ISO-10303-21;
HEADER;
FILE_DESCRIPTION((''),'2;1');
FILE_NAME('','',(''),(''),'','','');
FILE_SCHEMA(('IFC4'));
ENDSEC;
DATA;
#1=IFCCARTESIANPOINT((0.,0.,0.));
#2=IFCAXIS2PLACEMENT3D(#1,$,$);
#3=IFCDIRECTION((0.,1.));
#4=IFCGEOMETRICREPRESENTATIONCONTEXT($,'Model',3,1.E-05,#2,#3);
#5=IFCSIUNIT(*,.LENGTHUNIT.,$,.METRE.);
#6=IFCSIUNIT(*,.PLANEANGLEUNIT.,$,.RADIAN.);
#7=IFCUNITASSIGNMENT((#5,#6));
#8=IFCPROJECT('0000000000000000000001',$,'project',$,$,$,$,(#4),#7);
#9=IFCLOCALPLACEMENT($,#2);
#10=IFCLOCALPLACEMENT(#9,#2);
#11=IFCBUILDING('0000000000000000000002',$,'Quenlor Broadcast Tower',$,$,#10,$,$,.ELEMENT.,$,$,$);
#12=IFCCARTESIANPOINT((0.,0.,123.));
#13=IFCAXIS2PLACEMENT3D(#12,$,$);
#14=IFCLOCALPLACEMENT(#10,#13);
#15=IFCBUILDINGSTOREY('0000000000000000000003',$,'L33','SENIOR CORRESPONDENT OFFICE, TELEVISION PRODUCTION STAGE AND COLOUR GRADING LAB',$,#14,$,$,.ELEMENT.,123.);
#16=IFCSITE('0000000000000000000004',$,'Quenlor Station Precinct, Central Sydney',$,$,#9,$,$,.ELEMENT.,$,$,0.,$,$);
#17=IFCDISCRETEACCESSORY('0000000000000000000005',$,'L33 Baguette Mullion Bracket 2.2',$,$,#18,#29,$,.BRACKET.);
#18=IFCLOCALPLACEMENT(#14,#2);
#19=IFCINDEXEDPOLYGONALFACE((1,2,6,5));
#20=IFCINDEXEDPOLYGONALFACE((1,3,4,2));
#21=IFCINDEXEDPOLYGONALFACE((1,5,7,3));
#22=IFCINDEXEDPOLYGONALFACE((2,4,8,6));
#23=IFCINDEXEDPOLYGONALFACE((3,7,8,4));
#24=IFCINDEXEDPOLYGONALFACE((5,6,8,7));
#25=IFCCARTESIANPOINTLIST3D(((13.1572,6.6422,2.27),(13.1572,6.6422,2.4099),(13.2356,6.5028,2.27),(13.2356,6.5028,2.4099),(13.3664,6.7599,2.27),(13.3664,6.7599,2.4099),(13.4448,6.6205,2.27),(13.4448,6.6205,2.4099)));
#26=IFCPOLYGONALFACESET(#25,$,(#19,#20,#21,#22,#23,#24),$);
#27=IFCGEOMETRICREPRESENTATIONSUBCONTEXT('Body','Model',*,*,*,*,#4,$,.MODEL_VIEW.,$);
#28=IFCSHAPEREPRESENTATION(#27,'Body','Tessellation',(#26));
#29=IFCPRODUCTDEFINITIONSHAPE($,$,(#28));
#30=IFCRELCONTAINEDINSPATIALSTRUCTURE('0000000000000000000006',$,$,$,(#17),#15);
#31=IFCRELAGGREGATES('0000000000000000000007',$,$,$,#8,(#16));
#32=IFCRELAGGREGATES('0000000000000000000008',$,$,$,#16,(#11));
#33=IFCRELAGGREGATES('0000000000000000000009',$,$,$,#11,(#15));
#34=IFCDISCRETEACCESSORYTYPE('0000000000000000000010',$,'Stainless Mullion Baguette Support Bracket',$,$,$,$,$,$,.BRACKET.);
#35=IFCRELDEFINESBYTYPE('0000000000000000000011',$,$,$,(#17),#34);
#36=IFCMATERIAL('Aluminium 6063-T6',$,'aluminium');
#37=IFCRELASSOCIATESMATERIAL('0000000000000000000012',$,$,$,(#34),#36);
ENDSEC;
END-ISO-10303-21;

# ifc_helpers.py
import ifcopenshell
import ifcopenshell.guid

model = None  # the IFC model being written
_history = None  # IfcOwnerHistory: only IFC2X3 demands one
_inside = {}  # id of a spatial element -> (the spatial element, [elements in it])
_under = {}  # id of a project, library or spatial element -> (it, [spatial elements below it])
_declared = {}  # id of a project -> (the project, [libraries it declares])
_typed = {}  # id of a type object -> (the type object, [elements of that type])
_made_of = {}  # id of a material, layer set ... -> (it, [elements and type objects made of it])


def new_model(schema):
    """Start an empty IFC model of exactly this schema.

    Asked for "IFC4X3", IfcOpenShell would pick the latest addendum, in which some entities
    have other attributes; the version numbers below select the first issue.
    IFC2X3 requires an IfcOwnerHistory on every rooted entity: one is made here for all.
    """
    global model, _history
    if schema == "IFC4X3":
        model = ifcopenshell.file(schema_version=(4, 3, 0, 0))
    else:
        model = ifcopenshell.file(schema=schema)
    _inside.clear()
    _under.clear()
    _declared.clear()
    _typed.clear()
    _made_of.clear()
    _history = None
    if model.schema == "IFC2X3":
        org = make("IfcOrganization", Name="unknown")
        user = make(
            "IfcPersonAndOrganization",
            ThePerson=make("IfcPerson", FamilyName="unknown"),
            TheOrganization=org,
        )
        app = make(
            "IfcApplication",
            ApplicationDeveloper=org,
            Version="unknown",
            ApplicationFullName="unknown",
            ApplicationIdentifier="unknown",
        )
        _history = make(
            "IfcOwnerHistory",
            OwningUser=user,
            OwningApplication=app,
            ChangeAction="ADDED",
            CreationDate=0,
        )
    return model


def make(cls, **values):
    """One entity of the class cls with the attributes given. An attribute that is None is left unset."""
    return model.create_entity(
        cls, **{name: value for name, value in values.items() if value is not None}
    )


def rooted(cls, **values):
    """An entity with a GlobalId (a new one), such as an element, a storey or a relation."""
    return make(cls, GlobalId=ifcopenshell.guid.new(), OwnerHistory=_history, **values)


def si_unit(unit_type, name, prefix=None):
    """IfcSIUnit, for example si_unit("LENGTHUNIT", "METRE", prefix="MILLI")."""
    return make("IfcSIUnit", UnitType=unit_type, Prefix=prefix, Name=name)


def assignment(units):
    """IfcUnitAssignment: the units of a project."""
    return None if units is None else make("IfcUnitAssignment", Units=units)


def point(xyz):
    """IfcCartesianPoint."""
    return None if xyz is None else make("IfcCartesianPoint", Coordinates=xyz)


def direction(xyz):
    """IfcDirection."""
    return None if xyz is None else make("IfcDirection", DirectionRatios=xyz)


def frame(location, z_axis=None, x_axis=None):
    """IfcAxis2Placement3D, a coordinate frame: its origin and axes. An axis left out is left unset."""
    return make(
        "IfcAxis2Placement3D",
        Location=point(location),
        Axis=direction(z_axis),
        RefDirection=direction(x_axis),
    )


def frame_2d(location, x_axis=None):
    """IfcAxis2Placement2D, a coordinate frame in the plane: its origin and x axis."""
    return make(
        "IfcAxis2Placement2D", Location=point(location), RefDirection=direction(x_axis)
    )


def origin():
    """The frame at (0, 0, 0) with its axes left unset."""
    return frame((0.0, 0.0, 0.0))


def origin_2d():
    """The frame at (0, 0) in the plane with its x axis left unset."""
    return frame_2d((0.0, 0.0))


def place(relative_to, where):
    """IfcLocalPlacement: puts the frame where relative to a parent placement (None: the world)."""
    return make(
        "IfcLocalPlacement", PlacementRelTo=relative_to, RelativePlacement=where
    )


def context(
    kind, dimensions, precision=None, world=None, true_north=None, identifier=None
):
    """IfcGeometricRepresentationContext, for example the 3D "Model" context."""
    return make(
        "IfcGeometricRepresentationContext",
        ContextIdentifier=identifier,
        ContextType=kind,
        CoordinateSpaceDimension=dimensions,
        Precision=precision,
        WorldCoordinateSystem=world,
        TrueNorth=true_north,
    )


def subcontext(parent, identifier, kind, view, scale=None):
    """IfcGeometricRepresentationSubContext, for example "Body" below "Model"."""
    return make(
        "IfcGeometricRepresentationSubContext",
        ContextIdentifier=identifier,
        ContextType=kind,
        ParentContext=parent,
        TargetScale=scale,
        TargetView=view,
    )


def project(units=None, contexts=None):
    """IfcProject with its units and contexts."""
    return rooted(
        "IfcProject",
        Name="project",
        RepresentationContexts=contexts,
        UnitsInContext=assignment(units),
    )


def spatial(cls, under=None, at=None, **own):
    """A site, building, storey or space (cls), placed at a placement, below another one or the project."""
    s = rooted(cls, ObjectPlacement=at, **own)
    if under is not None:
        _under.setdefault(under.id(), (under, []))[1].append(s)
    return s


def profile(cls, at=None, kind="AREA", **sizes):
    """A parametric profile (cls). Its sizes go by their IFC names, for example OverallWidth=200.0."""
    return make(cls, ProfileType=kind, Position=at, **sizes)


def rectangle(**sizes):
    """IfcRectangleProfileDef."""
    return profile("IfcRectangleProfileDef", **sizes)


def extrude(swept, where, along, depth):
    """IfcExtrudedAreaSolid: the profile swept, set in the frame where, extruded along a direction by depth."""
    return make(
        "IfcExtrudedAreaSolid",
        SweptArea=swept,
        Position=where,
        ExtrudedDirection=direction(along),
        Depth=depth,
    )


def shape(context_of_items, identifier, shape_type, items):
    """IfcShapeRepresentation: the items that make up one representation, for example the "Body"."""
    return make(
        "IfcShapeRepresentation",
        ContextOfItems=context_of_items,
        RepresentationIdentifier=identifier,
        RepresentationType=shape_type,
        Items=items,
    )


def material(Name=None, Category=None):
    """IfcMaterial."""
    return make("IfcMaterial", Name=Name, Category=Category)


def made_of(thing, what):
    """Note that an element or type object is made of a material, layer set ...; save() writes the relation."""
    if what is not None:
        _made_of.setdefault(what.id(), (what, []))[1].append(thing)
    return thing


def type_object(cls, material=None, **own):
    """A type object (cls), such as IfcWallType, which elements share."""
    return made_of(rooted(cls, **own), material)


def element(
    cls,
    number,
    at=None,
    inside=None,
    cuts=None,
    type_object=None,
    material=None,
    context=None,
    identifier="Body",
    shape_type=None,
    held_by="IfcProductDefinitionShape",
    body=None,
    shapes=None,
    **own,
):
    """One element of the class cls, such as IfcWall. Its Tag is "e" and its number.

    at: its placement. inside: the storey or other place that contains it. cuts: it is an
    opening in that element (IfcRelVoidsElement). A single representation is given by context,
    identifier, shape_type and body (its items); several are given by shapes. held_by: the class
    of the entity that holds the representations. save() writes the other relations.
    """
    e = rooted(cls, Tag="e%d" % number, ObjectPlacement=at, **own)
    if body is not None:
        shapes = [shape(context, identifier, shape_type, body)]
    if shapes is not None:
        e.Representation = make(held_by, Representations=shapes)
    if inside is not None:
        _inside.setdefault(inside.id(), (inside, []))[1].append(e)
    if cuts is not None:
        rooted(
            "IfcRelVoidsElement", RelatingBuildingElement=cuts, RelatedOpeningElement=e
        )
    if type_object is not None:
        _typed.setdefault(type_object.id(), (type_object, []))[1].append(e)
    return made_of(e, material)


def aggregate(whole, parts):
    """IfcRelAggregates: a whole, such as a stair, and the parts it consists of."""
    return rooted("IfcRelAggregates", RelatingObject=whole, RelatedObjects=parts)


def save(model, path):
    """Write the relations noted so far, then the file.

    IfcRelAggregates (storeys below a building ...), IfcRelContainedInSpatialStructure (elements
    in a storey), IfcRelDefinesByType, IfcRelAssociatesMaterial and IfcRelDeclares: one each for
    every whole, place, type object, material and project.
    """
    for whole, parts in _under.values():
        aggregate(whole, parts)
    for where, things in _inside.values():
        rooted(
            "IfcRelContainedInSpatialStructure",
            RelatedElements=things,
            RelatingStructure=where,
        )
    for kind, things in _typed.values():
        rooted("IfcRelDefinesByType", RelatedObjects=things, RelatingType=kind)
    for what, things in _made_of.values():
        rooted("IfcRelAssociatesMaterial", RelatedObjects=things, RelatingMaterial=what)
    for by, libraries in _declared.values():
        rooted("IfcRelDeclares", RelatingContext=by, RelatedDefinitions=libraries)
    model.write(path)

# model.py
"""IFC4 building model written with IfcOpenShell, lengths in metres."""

from ifc_helpers import new_model, si_unit, direction, frame, origin, origin_2d, place, context, subcontext, project, spatial, rectangle, extrude, material, type_object, element, save


model = new_model("IFC4")

# Units and contexts
model_context = context("Model", 3, precision=1e-05, world=origin(), true_north=direction((0.0, 1.0)))
body_context = subcontext(model_context, "Body", "Model", "MODEL_VIEW")
ifc_project = project(units=[si_unit("LENGTHUNIT", "METRE"), si_unit("PLANEANGLEUNIT", "RADIAN")], contexts=[model_context])

# Site, building, storey
site_placement = place(None, origin())
site = spatial("IfcSite", under=ifc_project, at=site_placement, Name="Quenlor Station Precinct, Central Sydney", CompositionType="ELEMENT", RefElevation=0.0)
building_placement = place(site_placement, origin())
building = spatial("IfcBuilding", under=site, at=building_placement, Name="Quenlor Broadcast Tower", CompositionType="ELEMENT")
storey_placement = place(building_placement, frame((0.0, 0.0, 123.0)))
storey = spatial("IfcBuildingStorey", under=building, at=storey_placement, Name="L33", Description="SENIOR CORRESPONDENT OFFICE, TELEVISION PRODUCTION STAGE AND COLOUR GRADING LAB", CompositionType="ELEMENT", Elevation=123.0)

# Discrete accessory
ifc_material_1 = material(Name="Aluminium 6063-T6", Category="aluminium")
discrete_accessory_type = type_object("IfcDiscreteAccessoryType", Name="Stainless Mullion Baguette Support Bracket", PredefinedType="BRACKET", material=ifc_material_1)
for number, where, z_axis, x_axis, name in (
    (1, (13.301, 6.6313, 2.27), (0.0, 0.0, 1.0), (0.490262, -0.871575, 0.0), "L33 Baguette Mullion Bracket 2.2"),
):
    element("IfcDiscreteAccessory", number, at=place(storey_placement, frame(where, z_axis=z_axis, x_axis=x_axis)), inside=storey, type_object=discrete_accessory_type, Name=name, PredefinedType="BRACKET", context=body_context, shape_type="SweptSolid", body=[
        extrude(rectangle(XDim=0.1599, YDim=0.24, at=origin_2d()), origin(), (0.0, 0.0, 1.0), 0.1399),
    ])

save(model, "model.ifc")
